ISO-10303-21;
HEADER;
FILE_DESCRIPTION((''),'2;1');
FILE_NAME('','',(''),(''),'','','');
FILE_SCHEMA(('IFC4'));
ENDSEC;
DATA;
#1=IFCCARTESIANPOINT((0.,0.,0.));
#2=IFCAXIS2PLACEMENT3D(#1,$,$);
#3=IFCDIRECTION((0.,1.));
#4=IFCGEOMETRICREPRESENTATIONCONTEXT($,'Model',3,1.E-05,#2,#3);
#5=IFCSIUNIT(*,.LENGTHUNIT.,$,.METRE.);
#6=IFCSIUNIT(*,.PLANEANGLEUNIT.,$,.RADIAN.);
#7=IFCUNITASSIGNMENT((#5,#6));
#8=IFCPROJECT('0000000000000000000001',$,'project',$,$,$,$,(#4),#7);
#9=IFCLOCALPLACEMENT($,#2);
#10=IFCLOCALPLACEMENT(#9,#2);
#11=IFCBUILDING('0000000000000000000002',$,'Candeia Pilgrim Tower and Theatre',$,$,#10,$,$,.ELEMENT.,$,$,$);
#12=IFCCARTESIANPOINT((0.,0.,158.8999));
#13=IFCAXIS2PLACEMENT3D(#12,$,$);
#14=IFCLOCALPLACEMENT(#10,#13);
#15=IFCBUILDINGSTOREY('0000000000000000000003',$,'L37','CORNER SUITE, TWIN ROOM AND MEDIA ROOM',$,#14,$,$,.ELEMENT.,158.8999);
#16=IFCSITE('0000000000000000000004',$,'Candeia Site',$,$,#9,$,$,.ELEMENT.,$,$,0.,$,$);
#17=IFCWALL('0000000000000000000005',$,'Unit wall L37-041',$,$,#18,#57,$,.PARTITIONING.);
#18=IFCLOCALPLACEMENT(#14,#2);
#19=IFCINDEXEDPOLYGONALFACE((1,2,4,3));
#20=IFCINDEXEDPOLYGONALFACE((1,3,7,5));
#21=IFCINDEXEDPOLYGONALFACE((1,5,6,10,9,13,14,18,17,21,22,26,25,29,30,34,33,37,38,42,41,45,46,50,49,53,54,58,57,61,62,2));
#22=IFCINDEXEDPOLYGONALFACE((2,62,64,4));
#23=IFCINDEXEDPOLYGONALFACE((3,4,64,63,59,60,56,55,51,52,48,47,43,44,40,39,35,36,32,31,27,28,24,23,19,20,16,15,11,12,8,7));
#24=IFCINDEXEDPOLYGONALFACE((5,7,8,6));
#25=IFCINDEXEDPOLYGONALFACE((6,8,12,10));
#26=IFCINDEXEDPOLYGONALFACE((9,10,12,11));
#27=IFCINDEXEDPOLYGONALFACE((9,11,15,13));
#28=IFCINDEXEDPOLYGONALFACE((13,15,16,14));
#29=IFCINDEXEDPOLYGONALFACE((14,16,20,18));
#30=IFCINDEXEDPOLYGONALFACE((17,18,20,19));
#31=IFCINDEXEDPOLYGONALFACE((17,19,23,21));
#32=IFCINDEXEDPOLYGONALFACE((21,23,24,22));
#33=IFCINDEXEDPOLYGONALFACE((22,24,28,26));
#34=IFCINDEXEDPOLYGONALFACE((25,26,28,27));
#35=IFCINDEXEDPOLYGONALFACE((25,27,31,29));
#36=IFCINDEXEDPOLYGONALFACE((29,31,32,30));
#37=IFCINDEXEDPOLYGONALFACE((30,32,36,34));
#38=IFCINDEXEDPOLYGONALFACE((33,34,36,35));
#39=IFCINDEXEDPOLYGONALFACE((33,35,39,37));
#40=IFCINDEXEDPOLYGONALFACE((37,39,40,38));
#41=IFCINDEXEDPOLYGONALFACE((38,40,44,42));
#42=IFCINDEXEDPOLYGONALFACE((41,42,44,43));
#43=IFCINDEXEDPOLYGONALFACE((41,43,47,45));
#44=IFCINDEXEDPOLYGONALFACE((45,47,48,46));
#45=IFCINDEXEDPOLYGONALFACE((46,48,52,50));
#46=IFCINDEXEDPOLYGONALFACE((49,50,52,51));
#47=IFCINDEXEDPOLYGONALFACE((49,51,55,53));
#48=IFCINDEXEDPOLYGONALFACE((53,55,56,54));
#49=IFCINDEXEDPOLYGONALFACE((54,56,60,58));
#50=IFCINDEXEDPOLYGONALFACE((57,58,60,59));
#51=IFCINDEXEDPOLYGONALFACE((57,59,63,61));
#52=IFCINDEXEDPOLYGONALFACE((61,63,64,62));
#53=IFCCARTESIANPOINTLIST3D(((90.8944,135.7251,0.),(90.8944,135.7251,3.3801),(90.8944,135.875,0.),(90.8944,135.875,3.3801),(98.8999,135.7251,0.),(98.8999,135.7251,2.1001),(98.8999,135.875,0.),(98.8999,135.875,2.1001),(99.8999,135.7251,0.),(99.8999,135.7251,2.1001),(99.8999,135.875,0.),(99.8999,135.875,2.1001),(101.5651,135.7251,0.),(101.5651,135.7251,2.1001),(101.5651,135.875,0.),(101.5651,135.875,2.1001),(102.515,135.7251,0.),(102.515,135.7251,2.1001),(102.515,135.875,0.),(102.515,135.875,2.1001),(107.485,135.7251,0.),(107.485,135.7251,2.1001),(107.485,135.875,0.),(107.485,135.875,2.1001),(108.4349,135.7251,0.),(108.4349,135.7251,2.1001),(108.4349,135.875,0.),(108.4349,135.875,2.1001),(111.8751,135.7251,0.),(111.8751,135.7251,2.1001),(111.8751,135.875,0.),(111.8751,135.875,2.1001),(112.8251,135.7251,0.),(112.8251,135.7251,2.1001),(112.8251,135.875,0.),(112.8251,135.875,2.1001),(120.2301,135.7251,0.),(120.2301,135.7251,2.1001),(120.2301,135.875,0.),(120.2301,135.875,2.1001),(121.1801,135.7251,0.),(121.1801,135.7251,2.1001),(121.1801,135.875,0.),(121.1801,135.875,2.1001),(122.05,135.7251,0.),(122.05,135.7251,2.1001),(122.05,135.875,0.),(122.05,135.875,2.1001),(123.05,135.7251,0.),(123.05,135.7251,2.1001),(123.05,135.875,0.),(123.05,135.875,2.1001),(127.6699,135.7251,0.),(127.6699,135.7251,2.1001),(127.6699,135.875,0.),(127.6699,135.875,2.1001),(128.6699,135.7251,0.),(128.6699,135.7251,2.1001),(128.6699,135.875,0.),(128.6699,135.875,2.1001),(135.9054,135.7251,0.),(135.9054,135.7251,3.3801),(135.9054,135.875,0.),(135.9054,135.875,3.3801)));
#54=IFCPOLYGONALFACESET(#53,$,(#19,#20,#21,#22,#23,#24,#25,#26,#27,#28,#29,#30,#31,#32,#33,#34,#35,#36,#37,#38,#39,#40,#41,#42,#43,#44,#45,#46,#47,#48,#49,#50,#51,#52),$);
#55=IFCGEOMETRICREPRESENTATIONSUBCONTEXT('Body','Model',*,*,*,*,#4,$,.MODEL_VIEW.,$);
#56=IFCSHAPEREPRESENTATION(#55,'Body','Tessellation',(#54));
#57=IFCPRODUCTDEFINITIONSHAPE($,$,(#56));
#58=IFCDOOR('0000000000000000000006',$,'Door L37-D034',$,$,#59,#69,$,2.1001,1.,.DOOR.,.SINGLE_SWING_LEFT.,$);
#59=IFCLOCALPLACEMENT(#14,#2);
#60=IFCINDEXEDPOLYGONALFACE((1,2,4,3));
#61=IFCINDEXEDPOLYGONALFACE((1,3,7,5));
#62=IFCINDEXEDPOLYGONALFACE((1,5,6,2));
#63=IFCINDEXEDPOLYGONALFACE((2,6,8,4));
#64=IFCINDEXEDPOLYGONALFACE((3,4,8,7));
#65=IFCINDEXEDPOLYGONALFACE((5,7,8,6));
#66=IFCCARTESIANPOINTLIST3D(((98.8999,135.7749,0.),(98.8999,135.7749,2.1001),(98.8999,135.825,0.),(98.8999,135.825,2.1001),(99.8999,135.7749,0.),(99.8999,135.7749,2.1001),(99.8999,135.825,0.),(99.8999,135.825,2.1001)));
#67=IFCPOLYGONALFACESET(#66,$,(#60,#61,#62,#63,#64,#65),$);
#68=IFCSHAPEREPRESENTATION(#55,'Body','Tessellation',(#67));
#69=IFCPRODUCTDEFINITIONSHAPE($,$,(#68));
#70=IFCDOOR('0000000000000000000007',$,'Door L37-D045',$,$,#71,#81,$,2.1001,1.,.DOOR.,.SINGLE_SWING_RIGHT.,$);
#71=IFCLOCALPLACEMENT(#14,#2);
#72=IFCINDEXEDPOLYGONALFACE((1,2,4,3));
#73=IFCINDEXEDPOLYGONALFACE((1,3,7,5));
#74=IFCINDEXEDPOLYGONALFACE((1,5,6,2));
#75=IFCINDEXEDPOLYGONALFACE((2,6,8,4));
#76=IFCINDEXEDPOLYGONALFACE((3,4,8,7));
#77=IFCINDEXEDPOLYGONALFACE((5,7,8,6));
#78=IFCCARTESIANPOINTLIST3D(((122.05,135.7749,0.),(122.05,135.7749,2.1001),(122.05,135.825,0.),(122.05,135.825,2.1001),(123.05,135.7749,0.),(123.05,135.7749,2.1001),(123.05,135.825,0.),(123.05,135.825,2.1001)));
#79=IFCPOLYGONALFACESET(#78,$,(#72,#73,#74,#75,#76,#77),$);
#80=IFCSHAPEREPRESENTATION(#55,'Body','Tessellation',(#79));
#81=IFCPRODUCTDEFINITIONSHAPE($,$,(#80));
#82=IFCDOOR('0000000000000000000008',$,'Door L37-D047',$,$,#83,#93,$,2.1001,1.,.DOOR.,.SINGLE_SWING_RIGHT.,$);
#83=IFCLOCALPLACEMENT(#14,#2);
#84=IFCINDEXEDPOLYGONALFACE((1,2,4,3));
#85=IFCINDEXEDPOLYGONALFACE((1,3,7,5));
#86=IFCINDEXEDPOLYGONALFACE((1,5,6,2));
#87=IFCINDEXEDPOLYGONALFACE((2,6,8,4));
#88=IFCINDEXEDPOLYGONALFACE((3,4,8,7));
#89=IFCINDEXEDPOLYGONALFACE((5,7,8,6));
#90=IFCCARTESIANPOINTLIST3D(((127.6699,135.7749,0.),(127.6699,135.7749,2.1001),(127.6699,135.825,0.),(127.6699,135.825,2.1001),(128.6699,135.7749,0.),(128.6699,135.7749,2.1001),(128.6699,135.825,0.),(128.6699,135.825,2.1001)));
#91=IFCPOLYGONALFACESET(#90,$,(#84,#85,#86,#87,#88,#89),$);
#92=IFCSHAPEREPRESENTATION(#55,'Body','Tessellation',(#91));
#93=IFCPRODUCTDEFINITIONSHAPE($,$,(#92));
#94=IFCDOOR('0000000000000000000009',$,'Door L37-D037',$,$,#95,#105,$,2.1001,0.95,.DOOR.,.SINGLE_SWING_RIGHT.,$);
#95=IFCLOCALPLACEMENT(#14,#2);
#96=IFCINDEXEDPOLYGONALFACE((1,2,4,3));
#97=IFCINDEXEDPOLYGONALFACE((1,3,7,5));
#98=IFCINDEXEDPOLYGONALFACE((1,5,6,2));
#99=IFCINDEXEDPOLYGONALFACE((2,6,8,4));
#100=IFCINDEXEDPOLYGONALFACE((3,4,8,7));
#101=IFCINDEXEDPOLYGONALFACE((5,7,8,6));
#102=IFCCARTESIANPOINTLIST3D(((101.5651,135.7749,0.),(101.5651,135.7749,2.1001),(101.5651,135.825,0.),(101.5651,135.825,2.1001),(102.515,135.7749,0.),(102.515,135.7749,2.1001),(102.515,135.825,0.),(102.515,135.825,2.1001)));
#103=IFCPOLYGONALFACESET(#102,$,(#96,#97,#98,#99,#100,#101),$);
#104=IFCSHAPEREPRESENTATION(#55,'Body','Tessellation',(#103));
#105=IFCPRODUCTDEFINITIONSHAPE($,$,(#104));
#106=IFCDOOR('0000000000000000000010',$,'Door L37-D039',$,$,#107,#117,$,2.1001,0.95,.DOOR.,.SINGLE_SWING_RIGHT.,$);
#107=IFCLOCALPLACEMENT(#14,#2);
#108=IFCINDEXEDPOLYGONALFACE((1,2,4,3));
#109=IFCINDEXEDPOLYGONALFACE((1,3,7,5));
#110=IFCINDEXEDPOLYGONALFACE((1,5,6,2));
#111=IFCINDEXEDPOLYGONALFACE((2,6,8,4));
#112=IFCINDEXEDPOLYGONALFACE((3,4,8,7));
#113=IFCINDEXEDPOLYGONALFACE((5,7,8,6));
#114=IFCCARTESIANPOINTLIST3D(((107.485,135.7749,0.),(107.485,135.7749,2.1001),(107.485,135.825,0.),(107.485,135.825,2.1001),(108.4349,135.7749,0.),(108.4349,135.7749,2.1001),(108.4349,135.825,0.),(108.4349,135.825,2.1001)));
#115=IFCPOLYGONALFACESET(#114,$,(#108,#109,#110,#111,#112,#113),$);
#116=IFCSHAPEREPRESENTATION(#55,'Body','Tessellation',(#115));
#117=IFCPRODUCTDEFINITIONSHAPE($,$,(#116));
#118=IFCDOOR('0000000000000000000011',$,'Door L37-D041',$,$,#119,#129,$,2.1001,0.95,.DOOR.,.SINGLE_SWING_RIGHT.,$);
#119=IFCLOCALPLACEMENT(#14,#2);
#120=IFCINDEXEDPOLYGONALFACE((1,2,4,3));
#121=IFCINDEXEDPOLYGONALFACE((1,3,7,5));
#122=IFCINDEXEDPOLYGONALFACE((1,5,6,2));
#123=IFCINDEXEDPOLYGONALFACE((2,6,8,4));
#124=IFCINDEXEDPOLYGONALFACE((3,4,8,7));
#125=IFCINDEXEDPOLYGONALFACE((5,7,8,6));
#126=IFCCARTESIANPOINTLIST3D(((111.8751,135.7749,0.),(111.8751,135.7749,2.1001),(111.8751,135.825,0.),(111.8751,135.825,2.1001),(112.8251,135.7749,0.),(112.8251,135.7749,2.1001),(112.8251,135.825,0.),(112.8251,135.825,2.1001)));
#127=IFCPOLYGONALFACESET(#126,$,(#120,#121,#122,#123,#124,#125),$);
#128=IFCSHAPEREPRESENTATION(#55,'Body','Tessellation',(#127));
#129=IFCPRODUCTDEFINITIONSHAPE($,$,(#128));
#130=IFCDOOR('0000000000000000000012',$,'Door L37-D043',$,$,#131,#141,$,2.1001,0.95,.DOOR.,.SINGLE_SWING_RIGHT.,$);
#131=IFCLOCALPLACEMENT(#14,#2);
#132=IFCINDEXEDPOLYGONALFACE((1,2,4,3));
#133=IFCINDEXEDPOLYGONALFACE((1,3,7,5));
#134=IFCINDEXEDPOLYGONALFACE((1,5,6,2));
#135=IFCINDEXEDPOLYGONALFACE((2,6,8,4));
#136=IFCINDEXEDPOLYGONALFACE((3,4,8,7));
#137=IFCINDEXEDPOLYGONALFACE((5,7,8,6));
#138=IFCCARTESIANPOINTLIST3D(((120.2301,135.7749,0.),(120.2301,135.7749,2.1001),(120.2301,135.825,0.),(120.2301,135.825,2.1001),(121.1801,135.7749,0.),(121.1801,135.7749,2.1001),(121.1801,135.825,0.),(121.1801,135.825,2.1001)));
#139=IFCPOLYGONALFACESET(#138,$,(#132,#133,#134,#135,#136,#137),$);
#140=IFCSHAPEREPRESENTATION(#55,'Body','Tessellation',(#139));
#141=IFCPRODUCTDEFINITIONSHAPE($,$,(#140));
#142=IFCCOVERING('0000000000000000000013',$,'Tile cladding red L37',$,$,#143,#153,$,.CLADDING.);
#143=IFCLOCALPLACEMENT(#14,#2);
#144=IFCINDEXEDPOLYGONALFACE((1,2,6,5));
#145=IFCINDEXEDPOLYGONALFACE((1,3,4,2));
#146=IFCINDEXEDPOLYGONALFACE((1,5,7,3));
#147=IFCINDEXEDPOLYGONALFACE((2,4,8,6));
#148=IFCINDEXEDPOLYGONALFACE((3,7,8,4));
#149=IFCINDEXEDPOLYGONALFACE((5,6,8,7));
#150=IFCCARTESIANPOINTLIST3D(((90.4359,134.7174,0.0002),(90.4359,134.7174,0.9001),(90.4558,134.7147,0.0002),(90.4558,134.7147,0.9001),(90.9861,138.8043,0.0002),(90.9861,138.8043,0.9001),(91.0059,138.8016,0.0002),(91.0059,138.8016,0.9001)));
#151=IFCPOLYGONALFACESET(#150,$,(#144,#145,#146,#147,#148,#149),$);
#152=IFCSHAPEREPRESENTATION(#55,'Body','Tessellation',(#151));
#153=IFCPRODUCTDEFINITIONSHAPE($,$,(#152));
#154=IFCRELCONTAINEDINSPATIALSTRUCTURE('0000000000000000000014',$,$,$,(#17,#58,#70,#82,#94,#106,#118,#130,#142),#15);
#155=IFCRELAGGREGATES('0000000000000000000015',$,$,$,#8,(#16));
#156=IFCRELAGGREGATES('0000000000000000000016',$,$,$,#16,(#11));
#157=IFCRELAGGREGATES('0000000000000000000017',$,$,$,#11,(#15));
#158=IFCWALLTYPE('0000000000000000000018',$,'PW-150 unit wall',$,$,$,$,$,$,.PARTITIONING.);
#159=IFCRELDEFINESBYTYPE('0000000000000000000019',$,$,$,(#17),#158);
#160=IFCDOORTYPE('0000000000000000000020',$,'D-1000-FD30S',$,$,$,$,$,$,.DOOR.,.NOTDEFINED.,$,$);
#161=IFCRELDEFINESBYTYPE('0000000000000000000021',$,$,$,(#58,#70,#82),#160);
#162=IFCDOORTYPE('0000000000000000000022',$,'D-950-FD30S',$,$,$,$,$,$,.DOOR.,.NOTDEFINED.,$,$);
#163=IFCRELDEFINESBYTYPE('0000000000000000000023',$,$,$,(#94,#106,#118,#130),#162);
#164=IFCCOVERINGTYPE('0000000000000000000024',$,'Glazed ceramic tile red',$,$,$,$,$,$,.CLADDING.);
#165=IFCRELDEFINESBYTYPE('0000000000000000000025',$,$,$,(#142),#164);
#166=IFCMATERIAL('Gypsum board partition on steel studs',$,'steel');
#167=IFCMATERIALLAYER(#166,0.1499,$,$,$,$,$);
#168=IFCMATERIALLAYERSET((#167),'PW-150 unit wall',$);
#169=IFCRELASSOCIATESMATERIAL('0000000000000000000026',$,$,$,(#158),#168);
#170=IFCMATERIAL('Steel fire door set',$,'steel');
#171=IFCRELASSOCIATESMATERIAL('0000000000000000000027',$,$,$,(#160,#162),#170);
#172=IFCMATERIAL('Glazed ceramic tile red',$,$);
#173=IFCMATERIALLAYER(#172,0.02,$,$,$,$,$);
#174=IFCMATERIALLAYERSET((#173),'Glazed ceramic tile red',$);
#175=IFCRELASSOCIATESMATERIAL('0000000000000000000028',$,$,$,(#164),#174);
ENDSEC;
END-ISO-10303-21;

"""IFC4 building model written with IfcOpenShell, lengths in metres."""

from ifc_helpers import new_model, si_unit, direction, frame, frame_2d, origin, origin_2d, place, context, subcontext, project, spatial, rectangle, extrude, material, layer, layer_set, type_object, element, fill, save


model = new_model("IFC4")

# Units and contexts
model_context = context("Model", 3, precision=1e-05, world=origin(), true_north=direction((0.0, 1.0)))
body_context = subcontext(model_context, "Body", "Model", "MODEL_VIEW")
ifc_project = project(units=[si_unit("LENGTHUNIT", "METRE"), si_unit("PLANEANGLEUNIT", "RADIAN")], contexts=[model_context])

# Site, building, storey
site_placement = place(None, origin())
site = spatial("IfcSite", under=ifc_project, at=site_placement, Name="Candeia Site", CompositionType="ELEMENT", RefElevation=0.0)
building_placement = place(site_placement, origin())
building = spatial("IfcBuilding", under=site, at=building_placement, Name="Candeia Pilgrim Tower and Theatre", CompositionType="ELEMENT")
storey_placement = place(building_placement, frame((0.0, 0.0, 158.8999)))
storey = spatial("IfcBuildingStorey", under=building, at=storey_placement, Name="L37", Description="CORNER SUITE, TWIN ROOM AND MEDIA ROOM", CompositionType="ELEMENT", Elevation=158.8999)

# Shared definitions
ifc_material_1 = material(Name="Gypsum board partition on steel studs", Category="steel")

# Wall, openings, doors
ifc_layer_1 = layer(ifc_material_1, 0.1499)
ifc_layer_set_1 = layer_set([ifc_layer_1], Name="PW-150 unit wall")
wall_type_1 = type_object("IfcWallType", Name="PW-150 unit wall", PredefinedType="PARTITIONING", material=ifc_layer_set_1)
wall_1_placement = place(storey_placement, frame((90.8945, 135.8, 0.0), z_axis=(0.0, 0.0, 1.0), x_axis=(1.0, 0.0, 0.0)))
wall_1 = element("IfcWall", 1, at=wall_1_placement, inside=storey, type_object=wall_type_1, Name="Unit wall L37-041", PredefinedType="PARTITIONING", context=body_context, shape_type="SweptSolid", body=[
    extrude(rectangle(XDim=45.011, YDim=0.1499, at=frame_2d((22.5054, 0.0))), origin(), (0.0, 0.0, 1.0), 3.3801),
])
opening_1_placement = place(wall_1_placement, frame((8.0054, 0.0, 0.0)))
opening_1 = element("IfcOpeningElement", 2, at=opening_1_placement, cuts=wall_1, PredefinedType="OPENING", context=body_context, shape_type="SweptSolid", body=[
    extrude(rectangle(XDim=1.0, YDim=2.1001, at=frame_2d((0.5, 1.05))), frame((0.0, 0.085, 0.0), z_axis=(0.0, -1.0, 0.0), x_axis=(1.0, 0.0, 0.0)), (0.0, 0.0, 1.0), 0.1699),
])
opening_2_placement = place(wall_1_placement, frame((10.6704, 0.0, 0.0)))
opening_2 = element("IfcOpeningElement", 3, at=opening_2_placement, cuts=wall_1, PredefinedType="OPENING", context=body_context, shape_type="SweptSolid", body=[
    extrude(rectangle(XDim=0.95, YDim=2.1001, at=frame_2d((0.4751, 1.05))), frame((0.0, 0.085, 0.0), z_axis=(0.0, -1.0, 0.0), x_axis=(1.0, 0.0, 0.0)), (0.0, 0.0, 1.0), 0.1699),
])
opening_3_placement = place(wall_1_placement, frame((16.5903, 0.0, 0.0)))
opening_3 = element("IfcOpeningElement", 4, at=opening_3_placement, cuts=wall_1, PredefinedType="OPENING", context=body_context, shape_type="SweptSolid", body=[
    extrude(rectangle(XDim=0.95, YDim=2.1001, at=frame_2d((0.4751, 1.05))), frame((0.0, 0.085, 0.0), z_axis=(0.0, -1.0, 0.0), x_axis=(1.0, 0.0, 0.0)), (0.0, 0.0, 1.0), 0.1699),
])
opening_4_placement = place(wall_1_placement, frame((20.9805, 0.0, 0.0)))
opening_4 = element("IfcOpeningElement", 5, at=opening_4_placement, cuts=wall_1, PredefinedType="OPENING", context=body_context, shape_type="SweptSolid", body=[
    extrude(rectangle(XDim=0.95, YDim=2.1001, at=frame_2d((0.4751, 1.05))), frame((0.0, 0.085, 0.0), z_axis=(0.0, -1.0, 0.0), x_axis=(1.0, 0.0, 0.0)), (0.0, 0.0, 1.0), 0.1699),
])
opening_5_placement = place(wall_1_placement, frame((29.3354, 0.0, 0.0)))
opening_5 = element("IfcOpeningElement", 6, at=opening_5_placement, cuts=wall_1, PredefinedType="OPENING", context=body_context, shape_type="SweptSolid", body=[
    extrude(rectangle(XDim=0.95, YDim=2.1001, at=frame_2d((0.4751, 1.05))), frame((0.0, 0.085, 0.0), z_axis=(0.0, -1.0, 0.0), x_axis=(1.0, 0.0, 0.0)), (0.0, 0.0, 1.0), 0.1699),
])
opening_6_placement = place(wall_1_placement, frame((31.1555, 0.0, 0.0)))
opening_6 = element("IfcOpeningElement", 7, at=opening_6_placement, cuts=wall_1, PredefinedType="OPENING", context=body_context, shape_type="SweptSolid", body=[
    extrude(rectangle(XDim=1.0, YDim=2.1001, at=frame_2d((0.5, 1.05))), frame((0.0, 0.085, 0.0), z_axis=(0.0, -1.0, 0.0), x_axis=(1.0, 0.0, 0.0)), (0.0, 0.0, 1.0), 0.1699),
])
opening_7_placement = place(wall_1_placement, frame((36.7754, 0.0, 0.0)))
opening_7 = element("IfcOpeningElement", 8, at=opening_7_placement, cuts=wall_1, PredefinedType="OPENING", context=body_context, shape_type="SweptSolid", body=[
    extrude(rectangle(XDim=1.0, YDim=2.1001, at=frame_2d((0.5, 1.05))), frame((0.0, 0.085, 0.0), z_axis=(0.0, -1.0, 0.0), x_axis=(1.0, 0.0, 0.0)), (0.0, 0.0, 1.0), 0.1699),
])
ifc_material_2 = material(Name="Steel fire door set", Category="steel")
door_type_1 = type_object("IfcDoorType", Name="D-1000-FD30S", OperationType="NOTDEFINED", PredefinedType="DOOR", material=ifc_material_2)
door_1_placement = place(opening_1_placement, origin())
door_1 = element("IfcDoor", 9, at=door_1_placement, inside=storey, type_object=door_type_1, Name="Door L37-D034", OperationType="SINGLE_SWING_LEFT", OverallHeight=2.1001, OverallWidth=1.0, PredefinedType="DOOR", context=body_context, shape_type="SweptSolid", body=[
    extrude(rectangle(XDim=1.0, YDim=2.1001, at=frame_2d((0.5, 1.05))), frame((0.0, 0.0249, 0.0), z_axis=(0.0, -1.0, 0.0), x_axis=(1.0, 0.0, 0.0)), (0.0, 0.0, 1.0), 0.05),
])
fill(opening_1, door_1)
door_2_placement = place(opening_6_placement, origin())
door_2 = element("IfcDoor", 10, at=door_2_placement, inside=storey, type_object=door_type_1, Name="Door L37-D045", OperationType="SINGLE_SWING_RIGHT", OverallHeight=2.1001, OverallWidth=1.0, PredefinedType="DOOR", context=body_context, shape_type="SweptSolid", body=[
    extrude(rectangle(XDim=1.0, YDim=2.1001, at=frame_2d((0.5, 1.05))), frame((0.0, 0.0249, 0.0), z_axis=(0.0, -1.0, 0.0), x_axis=(1.0, 0.0, 0.0)), (0.0, 0.0, 1.0), 0.05),
])
fill(opening_6, door_2)
door_3_placement = place(opening_7_placement, origin())
door_3 = element("IfcDoor", 11, at=door_3_placement, inside=storey, type_object=door_type_1, Name="Door L37-D047", OperationType="SINGLE_SWING_RIGHT", OverallHeight=2.1001, OverallWidth=1.0, PredefinedType="DOOR", context=body_context, shape_type="SweptSolid", body=[
    extrude(rectangle(XDim=1.0, YDim=2.1001, at=frame_2d((0.5, 1.05))), frame((0.0, 0.0249, 0.0), z_axis=(0.0, -1.0, 0.0), x_axis=(1.0, 0.0, 0.0)), (0.0, 0.0, 1.0), 0.05),
])
fill(opening_7, door_3)
door_type_2 = type_object("IfcDoorType", Name="D-950-FD30S", OperationType="NOTDEFINED", PredefinedType="DOOR", material=ifc_material_2)
door_4_placement = place(opening_2_placement, origin())
door_4 = element("IfcDoor", 12, at=door_4_placement, inside=storey, type_object=door_type_2, Name="Door L37-D037", OperationType="SINGLE_SWING_RIGHT", OverallHeight=2.1001, OverallWidth=0.95, PredefinedType="DOOR", context=body_context, shape_type="SweptSolid", body=[
    extrude(rectangle(XDim=0.95, YDim=2.1001, at=frame_2d((0.4751, 1.05))), frame((0.0, 0.0249, 0.0), z_axis=(0.0, -1.0, 0.0), x_axis=(1.0, 0.0, 0.0)), (0.0, 0.0, 1.0), 0.05),
])
fill(opening_2, door_4)
door_5_placement = place(opening_3_placement, origin())
door_5 = element("IfcDoor", 13, at=door_5_placement, inside=storey, type_object=door_type_2, Name="Door L37-D039", OperationType="SINGLE_SWING_RIGHT", OverallHeight=2.1001, OverallWidth=0.95, PredefinedType="DOOR", context=body_context, shape_type="SweptSolid", body=[
    extrude(rectangle(XDim=0.95, YDim=2.1001, at=frame_2d((0.4751, 1.05))), frame((0.0, 0.0249, 0.0), z_axis=(0.0, -1.0, 0.0), x_axis=(1.0, 0.0, 0.0)), (0.0, 0.0, 1.0), 0.05),
])
fill(opening_3, door_5)
door_6_placement = place(opening_4_placement, origin())
door_6 = element("IfcDoor", 14, at=door_6_placement, inside=storey, type_object=door_type_2, Name="Door L37-D041", OperationType="SINGLE_SWING_RIGHT", OverallHeight=2.1001, OverallWidth=0.95, PredefinedType="DOOR", context=body_context, shape_type="SweptSolid", body=[
    extrude(rectangle(XDim=0.95, YDim=2.1001, at=frame_2d((0.4751, 1.05))), frame((0.0, 0.0249, 0.0), z_axis=(0.0, -1.0, 0.0), x_axis=(1.0, 0.0, 0.0)), (0.0, 0.0, 1.0), 0.05),
])
fill(opening_4, door_6)
door_7_placement = place(opening_5_placement, origin())
door_7 = element("IfcDoor", 15, at=door_7_placement, inside=storey, type_object=door_type_2, Name="Door L37-D043", OperationType="SINGLE_SWING_RIGHT", OverallHeight=2.1001, OverallWidth=0.95, PredefinedType="DOOR", context=body_context, shape_type="SweptSolid", body=[
    extrude(rectangle(XDim=0.95, YDim=2.1001, at=frame_2d((0.4751, 1.05))), frame((0.0, 0.0249, 0.0), z_axis=(0.0, -1.0, 0.0), x_axis=(1.0, 0.0, 0.0)), (0.0, 0.0, 1.0), 0.05),
])
fill(opening_5, door_7)

# Covering
ifc_material_3 = material(Name="Glazed ceramic tile red")
ifc_layer_2 = layer(ifc_material_3, 0.02)
ifc_layer_set_2 = layer_set([ifc_layer_2], Name="Glazed ceramic tile red")
covering_type_1 = type_object("IfcCoveringType", Name="Glazed ceramic tile red", PredefinedType="CLADDING", material=ifc_layer_set_2)
covering_1_placement = place(storey_placement, frame((90.7209, 136.7595, 0.0002), z_axis=(0.0, 0.0, 1.0), x_axis=(-0.133412, -0.991061, 0.0)))
element("IfcCovering", 16, at=covering_1_placement, inside=storey, type_object=covering_type_1, Name="Tile cladding red L37", PredefinedType="CLADDING", context=body_context, shape_type="SweptSolid", body=[
    extrude(rectangle(XDim=4.1238, YDim=0.02, at=origin_2d()), origin(), (0.0, 0.0, 1.0), 0.8999),
])

save(model, "model.ifc")
